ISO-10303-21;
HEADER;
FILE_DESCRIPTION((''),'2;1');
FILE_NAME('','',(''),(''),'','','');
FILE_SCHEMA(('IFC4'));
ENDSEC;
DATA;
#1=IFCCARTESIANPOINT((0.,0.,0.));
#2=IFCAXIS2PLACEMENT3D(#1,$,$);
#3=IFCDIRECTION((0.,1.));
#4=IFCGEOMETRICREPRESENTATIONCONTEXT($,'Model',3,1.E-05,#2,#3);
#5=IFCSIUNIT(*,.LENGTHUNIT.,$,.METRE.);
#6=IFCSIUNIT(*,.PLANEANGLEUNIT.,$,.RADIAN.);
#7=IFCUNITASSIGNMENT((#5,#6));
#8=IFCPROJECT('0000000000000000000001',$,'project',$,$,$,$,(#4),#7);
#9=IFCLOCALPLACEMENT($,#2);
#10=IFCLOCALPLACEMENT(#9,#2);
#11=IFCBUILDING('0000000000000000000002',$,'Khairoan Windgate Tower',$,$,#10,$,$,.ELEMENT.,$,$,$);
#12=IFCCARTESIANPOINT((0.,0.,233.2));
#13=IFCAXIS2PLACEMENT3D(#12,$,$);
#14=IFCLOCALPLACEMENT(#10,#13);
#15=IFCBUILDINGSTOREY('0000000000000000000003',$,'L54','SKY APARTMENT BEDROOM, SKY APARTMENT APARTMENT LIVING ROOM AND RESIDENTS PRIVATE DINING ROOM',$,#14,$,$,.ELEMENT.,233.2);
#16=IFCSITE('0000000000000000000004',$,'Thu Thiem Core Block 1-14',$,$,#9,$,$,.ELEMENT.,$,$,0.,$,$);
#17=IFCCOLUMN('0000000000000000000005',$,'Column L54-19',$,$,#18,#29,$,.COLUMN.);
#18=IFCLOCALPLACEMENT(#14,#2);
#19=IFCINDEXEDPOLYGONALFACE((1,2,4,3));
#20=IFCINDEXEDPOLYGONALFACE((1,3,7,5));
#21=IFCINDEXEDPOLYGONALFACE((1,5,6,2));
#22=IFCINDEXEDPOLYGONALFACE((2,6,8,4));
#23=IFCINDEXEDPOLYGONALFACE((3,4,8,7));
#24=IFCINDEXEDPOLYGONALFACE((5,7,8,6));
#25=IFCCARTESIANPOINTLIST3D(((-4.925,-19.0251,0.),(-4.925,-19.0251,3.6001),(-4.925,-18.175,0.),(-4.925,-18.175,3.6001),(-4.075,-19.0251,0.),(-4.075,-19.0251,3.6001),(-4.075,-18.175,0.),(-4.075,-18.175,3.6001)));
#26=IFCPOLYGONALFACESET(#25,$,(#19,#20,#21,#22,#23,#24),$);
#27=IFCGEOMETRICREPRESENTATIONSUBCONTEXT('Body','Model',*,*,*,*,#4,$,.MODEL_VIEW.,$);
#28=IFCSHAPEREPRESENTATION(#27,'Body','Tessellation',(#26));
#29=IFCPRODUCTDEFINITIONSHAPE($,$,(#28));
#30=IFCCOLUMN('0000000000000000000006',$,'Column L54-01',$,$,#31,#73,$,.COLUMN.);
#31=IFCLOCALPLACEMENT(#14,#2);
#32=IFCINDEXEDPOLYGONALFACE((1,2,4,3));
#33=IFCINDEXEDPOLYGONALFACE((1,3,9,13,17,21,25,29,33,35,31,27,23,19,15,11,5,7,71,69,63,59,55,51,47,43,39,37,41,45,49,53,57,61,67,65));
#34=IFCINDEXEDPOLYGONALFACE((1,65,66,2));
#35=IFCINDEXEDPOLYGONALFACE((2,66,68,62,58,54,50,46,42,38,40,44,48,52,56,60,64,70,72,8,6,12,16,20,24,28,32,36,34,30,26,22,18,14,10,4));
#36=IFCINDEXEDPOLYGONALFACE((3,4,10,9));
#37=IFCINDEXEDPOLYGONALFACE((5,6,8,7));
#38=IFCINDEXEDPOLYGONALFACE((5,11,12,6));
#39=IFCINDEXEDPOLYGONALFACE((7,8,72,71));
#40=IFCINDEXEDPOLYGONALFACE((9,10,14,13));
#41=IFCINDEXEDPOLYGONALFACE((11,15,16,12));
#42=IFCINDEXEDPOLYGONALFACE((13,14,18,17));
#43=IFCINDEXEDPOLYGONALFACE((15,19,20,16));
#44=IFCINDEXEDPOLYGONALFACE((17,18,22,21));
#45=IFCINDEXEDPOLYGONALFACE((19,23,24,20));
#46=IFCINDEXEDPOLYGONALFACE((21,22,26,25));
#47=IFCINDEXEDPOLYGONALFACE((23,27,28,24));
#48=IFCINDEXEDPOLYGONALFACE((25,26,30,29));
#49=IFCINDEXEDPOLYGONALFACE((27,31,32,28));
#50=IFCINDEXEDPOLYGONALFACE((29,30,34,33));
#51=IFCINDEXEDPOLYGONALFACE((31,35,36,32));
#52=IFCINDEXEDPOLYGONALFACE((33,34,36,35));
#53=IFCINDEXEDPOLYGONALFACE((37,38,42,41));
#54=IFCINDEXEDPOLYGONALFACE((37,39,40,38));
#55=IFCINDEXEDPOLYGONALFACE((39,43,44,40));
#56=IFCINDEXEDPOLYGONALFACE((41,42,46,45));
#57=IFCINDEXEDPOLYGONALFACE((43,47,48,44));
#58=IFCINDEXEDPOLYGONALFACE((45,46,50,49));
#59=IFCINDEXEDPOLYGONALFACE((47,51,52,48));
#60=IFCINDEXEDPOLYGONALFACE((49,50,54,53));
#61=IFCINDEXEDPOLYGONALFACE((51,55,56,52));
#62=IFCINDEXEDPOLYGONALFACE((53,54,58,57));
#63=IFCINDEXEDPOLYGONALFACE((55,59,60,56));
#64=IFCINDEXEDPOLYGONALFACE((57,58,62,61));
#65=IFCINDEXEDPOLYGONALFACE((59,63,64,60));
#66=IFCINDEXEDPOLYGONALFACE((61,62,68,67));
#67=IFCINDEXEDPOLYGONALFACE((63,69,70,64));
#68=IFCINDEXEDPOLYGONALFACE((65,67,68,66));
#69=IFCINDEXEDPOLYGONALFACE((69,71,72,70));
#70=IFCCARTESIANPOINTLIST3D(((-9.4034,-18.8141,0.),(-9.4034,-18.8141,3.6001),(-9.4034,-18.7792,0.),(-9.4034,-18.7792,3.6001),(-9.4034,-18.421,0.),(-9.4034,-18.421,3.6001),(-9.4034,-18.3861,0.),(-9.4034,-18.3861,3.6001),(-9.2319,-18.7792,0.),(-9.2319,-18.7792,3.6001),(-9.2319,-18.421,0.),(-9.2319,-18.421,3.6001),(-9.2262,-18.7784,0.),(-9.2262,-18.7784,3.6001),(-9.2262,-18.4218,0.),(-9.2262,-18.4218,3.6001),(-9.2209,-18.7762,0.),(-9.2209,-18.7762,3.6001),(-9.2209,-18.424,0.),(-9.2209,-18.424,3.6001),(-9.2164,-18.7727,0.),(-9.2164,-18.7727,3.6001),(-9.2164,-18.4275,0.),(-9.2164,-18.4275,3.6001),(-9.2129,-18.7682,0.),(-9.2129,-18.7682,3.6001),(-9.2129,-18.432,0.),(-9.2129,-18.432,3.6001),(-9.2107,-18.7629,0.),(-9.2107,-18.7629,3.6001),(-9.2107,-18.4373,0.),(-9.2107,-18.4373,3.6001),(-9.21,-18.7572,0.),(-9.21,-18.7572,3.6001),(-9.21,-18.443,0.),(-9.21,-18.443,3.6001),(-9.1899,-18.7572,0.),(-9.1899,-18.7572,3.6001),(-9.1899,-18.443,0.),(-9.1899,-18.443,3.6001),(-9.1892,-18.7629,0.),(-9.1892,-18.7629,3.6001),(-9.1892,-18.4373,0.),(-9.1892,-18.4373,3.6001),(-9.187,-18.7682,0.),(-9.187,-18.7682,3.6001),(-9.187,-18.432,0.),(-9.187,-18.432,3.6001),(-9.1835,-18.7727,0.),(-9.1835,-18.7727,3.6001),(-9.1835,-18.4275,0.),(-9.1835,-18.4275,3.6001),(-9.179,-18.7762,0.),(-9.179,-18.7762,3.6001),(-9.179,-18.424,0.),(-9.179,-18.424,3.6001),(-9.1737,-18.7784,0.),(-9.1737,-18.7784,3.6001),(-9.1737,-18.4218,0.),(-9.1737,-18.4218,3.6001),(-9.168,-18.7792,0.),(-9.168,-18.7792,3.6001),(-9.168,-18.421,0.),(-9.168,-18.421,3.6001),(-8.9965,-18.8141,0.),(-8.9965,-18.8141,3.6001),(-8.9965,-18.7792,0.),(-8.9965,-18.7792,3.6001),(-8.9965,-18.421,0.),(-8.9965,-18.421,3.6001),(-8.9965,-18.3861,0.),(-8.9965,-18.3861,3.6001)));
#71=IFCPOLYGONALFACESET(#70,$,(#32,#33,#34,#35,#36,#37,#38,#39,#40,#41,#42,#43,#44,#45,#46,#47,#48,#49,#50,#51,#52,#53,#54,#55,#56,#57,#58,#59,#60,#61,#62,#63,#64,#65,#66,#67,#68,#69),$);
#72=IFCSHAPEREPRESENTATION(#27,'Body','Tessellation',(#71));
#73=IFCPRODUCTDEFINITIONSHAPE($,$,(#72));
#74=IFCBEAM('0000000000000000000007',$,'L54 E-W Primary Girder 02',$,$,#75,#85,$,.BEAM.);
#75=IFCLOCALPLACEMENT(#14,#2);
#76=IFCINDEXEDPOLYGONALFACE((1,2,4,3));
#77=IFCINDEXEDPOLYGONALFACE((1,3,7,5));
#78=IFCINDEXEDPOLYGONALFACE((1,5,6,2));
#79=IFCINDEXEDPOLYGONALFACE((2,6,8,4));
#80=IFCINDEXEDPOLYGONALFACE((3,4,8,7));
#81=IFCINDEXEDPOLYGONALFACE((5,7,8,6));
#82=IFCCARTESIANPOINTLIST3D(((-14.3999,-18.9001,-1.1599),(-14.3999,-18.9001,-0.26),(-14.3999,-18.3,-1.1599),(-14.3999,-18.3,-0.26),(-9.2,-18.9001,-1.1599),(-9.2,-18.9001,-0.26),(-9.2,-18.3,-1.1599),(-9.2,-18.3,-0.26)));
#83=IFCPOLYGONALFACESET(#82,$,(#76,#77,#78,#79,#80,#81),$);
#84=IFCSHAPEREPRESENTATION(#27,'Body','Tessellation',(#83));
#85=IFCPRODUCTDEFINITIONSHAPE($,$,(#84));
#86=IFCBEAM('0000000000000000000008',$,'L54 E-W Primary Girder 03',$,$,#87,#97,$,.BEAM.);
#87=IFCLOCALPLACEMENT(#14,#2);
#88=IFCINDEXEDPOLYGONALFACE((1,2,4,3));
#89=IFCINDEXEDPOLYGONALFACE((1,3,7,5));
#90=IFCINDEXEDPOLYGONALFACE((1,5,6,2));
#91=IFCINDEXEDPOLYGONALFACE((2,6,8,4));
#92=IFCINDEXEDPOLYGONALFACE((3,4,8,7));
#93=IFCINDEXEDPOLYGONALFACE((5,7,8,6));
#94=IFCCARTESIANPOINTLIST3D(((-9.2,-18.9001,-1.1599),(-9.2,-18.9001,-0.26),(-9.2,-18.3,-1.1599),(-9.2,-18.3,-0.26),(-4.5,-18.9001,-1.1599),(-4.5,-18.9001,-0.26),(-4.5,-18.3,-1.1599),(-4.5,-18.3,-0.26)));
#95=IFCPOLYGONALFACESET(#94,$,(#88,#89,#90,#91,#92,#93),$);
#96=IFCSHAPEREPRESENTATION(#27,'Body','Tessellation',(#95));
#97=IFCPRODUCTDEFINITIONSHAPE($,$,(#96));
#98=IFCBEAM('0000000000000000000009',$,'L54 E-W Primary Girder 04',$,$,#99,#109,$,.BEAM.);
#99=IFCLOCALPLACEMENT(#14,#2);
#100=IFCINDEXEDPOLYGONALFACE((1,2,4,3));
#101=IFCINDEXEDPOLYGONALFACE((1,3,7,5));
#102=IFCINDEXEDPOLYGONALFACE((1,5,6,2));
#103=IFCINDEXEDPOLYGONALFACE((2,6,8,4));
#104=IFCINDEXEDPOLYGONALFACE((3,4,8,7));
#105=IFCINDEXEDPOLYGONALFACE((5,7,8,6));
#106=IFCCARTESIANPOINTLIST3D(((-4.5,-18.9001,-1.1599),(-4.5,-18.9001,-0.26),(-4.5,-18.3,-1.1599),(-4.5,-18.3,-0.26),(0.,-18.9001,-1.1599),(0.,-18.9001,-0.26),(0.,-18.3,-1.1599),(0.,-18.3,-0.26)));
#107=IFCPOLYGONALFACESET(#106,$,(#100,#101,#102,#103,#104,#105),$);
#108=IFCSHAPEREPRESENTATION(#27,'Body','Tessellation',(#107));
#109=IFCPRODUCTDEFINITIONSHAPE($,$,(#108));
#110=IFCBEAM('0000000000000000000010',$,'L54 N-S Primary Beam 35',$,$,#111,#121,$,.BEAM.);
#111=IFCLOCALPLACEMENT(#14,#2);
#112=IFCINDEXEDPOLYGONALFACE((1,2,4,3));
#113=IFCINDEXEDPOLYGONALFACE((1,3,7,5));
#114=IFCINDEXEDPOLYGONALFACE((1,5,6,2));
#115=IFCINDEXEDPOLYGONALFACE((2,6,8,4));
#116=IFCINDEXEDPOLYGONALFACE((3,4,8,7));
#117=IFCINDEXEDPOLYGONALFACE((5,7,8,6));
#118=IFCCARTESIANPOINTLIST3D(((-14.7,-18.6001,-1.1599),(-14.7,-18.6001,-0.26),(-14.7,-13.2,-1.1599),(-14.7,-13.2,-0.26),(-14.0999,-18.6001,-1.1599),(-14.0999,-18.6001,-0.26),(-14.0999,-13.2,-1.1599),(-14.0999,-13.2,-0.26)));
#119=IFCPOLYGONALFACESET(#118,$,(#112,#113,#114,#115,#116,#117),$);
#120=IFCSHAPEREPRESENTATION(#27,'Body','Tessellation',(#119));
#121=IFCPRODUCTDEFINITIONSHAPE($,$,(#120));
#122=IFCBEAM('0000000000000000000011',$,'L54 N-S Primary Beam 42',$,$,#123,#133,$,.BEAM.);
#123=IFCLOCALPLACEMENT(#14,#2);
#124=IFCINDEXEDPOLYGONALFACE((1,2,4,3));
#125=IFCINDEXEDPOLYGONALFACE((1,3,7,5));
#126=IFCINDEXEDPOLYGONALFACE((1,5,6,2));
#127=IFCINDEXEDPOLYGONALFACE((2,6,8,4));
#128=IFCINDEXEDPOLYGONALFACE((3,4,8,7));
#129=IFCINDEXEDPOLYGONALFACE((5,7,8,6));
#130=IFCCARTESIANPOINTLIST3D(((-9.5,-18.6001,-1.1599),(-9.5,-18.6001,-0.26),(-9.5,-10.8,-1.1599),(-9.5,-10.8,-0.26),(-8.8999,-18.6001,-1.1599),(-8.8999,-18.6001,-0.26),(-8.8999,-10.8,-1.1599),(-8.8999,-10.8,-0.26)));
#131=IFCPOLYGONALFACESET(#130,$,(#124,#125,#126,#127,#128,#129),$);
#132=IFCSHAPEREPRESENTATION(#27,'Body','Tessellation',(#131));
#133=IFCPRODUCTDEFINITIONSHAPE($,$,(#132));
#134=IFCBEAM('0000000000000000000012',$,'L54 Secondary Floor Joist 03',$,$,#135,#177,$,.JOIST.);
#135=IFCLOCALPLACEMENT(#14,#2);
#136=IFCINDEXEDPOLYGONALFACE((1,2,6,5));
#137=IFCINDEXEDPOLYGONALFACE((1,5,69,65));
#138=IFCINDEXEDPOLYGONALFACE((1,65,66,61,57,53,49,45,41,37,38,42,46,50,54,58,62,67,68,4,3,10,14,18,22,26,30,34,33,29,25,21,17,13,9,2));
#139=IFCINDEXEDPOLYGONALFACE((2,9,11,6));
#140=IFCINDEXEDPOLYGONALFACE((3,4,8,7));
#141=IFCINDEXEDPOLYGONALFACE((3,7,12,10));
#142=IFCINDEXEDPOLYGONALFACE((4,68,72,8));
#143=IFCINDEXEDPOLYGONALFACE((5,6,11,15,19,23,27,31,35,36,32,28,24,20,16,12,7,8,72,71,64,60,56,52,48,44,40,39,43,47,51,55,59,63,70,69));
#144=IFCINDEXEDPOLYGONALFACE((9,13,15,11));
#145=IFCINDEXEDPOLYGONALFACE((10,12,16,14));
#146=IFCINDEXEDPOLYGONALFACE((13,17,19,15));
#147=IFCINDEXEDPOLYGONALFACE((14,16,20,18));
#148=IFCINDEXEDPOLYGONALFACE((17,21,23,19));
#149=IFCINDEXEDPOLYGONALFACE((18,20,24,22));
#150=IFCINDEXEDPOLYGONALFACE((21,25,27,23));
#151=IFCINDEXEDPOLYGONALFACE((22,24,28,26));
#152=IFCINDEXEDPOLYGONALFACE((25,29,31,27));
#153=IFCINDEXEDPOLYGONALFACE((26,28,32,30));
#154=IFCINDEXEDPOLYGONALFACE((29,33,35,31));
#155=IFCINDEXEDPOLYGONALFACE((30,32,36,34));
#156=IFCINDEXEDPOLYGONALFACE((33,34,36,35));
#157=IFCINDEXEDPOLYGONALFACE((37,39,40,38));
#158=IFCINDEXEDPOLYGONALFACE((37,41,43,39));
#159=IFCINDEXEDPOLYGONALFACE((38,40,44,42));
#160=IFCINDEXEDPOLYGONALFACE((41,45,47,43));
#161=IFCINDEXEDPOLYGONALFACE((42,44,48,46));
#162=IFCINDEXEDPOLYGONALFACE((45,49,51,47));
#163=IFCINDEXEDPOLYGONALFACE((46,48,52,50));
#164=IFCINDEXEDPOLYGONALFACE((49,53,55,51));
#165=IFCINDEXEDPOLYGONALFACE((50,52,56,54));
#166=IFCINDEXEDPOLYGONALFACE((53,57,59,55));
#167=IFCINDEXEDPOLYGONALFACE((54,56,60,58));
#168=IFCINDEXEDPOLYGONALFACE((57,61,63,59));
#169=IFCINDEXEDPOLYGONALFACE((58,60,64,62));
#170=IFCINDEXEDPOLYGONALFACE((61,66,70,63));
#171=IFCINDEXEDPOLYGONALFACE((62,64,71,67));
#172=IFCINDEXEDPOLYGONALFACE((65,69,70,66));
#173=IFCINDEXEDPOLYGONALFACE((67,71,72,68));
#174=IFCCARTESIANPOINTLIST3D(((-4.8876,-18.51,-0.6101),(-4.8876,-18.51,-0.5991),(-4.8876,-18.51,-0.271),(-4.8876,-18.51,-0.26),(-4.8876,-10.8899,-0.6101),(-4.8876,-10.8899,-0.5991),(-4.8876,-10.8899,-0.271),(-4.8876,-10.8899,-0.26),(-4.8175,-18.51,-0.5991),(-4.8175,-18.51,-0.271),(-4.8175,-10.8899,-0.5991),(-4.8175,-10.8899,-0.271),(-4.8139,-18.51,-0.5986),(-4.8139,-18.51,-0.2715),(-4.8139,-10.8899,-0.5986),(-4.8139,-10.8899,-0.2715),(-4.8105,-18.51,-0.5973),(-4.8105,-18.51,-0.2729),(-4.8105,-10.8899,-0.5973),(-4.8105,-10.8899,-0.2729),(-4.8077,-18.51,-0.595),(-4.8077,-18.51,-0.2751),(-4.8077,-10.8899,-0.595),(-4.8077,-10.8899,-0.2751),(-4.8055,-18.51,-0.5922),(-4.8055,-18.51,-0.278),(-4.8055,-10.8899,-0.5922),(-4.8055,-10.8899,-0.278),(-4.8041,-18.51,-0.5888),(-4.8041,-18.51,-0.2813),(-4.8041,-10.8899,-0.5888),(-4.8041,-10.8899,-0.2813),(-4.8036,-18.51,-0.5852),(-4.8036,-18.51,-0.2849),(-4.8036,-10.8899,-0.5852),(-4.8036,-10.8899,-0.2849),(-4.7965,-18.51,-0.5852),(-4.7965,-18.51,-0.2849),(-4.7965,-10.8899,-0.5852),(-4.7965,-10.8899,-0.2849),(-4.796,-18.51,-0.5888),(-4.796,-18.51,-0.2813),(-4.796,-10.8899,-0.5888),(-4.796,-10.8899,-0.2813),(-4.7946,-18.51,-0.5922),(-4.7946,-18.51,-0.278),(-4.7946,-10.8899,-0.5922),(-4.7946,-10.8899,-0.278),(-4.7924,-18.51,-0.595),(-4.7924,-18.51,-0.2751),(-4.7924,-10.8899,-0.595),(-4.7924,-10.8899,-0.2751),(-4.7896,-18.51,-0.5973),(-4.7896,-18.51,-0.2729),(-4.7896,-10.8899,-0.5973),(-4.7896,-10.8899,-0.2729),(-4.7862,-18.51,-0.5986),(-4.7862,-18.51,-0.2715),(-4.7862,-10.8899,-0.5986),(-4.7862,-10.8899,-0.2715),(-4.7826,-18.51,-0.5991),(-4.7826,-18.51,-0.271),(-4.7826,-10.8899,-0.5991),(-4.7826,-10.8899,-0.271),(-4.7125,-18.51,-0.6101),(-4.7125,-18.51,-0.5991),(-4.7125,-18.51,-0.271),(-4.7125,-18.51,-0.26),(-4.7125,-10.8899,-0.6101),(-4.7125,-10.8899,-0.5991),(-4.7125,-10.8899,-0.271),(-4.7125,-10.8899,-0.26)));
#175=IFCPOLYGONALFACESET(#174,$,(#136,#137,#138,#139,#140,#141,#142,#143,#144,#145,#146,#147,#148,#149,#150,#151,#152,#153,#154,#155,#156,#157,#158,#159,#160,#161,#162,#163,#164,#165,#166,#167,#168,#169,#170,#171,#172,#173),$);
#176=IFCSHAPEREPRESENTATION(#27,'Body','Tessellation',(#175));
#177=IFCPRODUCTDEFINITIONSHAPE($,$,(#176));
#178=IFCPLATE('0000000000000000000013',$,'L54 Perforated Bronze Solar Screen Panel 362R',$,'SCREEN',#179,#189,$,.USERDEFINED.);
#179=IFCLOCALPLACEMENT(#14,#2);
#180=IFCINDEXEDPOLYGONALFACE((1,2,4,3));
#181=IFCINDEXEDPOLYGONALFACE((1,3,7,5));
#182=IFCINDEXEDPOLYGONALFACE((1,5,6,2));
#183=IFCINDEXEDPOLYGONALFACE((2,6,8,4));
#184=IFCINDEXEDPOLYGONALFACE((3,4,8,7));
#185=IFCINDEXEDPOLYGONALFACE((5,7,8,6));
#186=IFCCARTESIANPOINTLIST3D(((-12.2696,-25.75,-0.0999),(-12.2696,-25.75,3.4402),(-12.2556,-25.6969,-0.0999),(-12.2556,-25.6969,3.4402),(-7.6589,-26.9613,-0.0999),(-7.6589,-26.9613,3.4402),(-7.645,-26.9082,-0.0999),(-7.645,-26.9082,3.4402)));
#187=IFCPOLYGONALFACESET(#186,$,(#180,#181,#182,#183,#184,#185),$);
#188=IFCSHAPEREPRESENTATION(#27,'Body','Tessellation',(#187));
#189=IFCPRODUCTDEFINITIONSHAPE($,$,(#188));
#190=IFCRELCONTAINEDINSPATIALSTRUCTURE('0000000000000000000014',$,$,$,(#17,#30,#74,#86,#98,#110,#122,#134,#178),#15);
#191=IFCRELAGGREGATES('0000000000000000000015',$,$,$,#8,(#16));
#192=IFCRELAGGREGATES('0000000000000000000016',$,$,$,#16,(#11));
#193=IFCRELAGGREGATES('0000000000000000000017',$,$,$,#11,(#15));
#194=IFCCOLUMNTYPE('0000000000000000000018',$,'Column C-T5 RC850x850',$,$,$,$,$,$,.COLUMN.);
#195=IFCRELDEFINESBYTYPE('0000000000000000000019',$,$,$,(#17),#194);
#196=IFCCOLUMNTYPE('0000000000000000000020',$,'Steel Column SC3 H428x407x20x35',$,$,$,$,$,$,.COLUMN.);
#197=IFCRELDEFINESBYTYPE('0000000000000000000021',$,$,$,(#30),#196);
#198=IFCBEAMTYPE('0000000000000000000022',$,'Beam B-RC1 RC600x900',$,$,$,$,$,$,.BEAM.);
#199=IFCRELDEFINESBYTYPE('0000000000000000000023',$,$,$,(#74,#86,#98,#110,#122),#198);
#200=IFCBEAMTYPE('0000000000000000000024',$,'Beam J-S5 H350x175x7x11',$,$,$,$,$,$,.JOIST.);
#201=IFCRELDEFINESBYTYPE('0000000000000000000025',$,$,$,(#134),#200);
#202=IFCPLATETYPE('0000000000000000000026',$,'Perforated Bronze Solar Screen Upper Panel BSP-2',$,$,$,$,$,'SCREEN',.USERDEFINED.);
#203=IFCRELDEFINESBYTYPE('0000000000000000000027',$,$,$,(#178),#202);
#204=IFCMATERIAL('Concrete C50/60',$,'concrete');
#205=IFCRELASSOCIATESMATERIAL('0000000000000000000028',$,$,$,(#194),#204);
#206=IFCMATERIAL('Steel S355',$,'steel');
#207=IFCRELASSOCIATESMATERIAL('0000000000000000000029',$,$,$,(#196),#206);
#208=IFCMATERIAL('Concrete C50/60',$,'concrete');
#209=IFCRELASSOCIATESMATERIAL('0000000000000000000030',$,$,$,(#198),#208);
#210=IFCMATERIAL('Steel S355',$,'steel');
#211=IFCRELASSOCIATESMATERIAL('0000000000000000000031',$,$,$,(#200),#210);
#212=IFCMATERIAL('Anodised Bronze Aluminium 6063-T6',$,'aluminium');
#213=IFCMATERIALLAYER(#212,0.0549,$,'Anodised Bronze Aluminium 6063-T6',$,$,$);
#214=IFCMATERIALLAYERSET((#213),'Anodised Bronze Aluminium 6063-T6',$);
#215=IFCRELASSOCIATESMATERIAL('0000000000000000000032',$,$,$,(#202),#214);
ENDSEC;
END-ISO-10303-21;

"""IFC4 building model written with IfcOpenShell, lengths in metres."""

from ifc_helpers import new_model, si_unit, direction, frame, origin, origin_2d, place, context, subcontext, project, spatial, rectangle, i_section, extrude, material, layer, layer_set, material_profile, profile_set, type_object, element, save


model = new_model("IFC4")

# Units and contexts
model_context = context("Model", 3, precision=1e-05, world=origin(), true_north=direction((0.0, 1.0)))
body_context = subcontext(model_context, "Body", "Model", "MODEL_VIEW")
ifc_project = project(units=[si_unit("LENGTHUNIT", "METRE"), si_unit("PLANEANGLEUNIT", "RADIAN")], contexts=[model_context])

# Site, building, storey
site_placement = place(None, origin())
site = spatial("IfcSite", under=ifc_project, at=site_placement, Name="Thu Thiem Core Block 1-14", CompositionType="ELEMENT", RefElevation=0.0)
building_placement = place(site_placement, origin())
building = spatial("IfcBuilding", under=site, at=building_placement, Name="Khairoan Windgate Tower", CompositionType="ELEMENT")
storey_placement = place(building_placement, frame((0.0, 0.0, 233.2)))
storey = spatial("IfcBuildingStorey", under=building, at=storey_placement, Name="L54", Description="SKY APARTMENT BEDROOM, SKY APARTMENT APARTMENT LIVING ROOM AND RESIDENTS PRIVATE DINING ROOM", CompositionType="ELEMENT", Elevation=233.2)

# Columns
ifc_material_1 = material(Name="Concrete C50/60", Category="concrete")
ifc_material_profile_1 = material_profile(ifc_material_1, rectangle(XDim=0.8501, YDim=0.8501, at=origin_2d()))
ifc_profile_set_1 = profile_set([ifc_material_profile_1], Name="Concrete C50/60")
column_type_1 = type_object("IfcColumnType", Name="Column C-T5 RC850x850", PredefinedType="COLUMN", material=ifc_profile_set_1)
column_1_placement = place(storey_placement, frame((-4.5, -18.6001, 0.0), z_axis=(0.0, 0.0, 1.0), x_axis=(1.0, 0.0, 0.0)))
element("IfcColumn", 1, at=column_1_placement, inside=storey, type_object=column_type_1, Name="Column L54-19", PredefinedType="COLUMN", context=body_context, shape_type="SweptSolid", body=[
    extrude(rectangle(XDim=0.8501, YDim=0.8501, at=origin_2d()), origin(), (0.0, 0.0, 1.0), 3.6001),
])
ifc_material_2 = material(Name="Steel S355", Category="steel")
ifc_material_profile_2 = material_profile(ifc_material_2, i_section(OverallWidth=0.407, OverallDepth=0.428, WebThickness=0.02, FlangeThickness=0.0349, FilletRadius=0.022, at=origin_2d()))
ifc_profile_set_2 = profile_set([ifc_material_profile_2], Name="Steel S355")
column_type_2 = type_object("IfcColumnType", Name="Steel Column SC3 H428x407x20x35", PredefinedType="COLUMN", material=ifc_profile_set_2)
column_2_placement = place(storey_placement, frame((-9.2, -18.6001, 0.0), z_axis=(0.0, 0.0, 1.0), x_axis=(1.0, 0.0, 0.0)))
element("IfcColumn", 2, at=column_2_placement, inside=storey, type_object=column_type_2, Name="Column L54-01", PredefinedType="COLUMN", context=body_context, shape_type="SweptSolid", body=[
    extrude(i_section(OverallWidth=0.407, OverallDepth=0.428, WebThickness=0.02, FlangeThickness=0.0349, FilletRadius=0.022, at=origin_2d()), origin(), (0.0, 0.0, 1.0), 3.6001),
])

# Beams
ifc_material_3 = material(Name="Concrete C50/60", Category="concrete")
ifc_material_profile_3 = material_profile(ifc_material_3, rectangle(XDim=0.6001, YDim=0.8999, at=origin_2d()))
ifc_profile_set_3 = profile_set([ifc_material_profile_3], Name="Concrete C50/60")
beam_type_1 = type_object("IfcBeamType", Name="Beam B-RC1 RC600x900", PredefinedType="BEAM", material=ifc_profile_set_3)
beam_1_placement = place(storey_placement, frame((-14.3999, -18.6001, -0.71), z_axis=(1.0, 0.0, 0.0), x_axis=(0.0, 1.0, 0.0)))
element("IfcBeam", 3, at=beam_1_placement, inside=storey, type_object=beam_type_1, Name="L54 E-W Primary Girder 02", PredefinedType="BEAM", context=body_context, shape_type="SweptSolid", body=[
    extrude(rectangle(XDim=0.6001, YDim=0.8999, at=origin_2d()), origin(), (0.0, 0.0, 1.0), 5.2),
])
beam_2_placement = place(storey_placement, frame((-9.2, -18.6001, -0.71), z_axis=(1.0, 0.0, 0.0), x_axis=(0.0, 1.0, 0.0)))
element("IfcBeam", 4, at=beam_2_placement, inside=storey, type_object=beam_type_1, Name="L54 E-W Primary Girder 03", PredefinedType="BEAM", context=body_context, shape_type="SweptSolid", body=[
    extrude(rectangle(XDim=0.6001, YDim=0.8999, at=origin_2d()), origin(), (0.0, 0.0, 1.0), 4.7),
])
beam_3_placement = place(storey_placement, frame((-4.5, -18.6001, -0.71), z_axis=(1.0, 0.0, 0.0), x_axis=(0.0, 1.0, 0.0)))
element("IfcBeam", 5, at=beam_3_placement, inside=storey, type_object=beam_type_1, Name="L54 E-W Primary Girder 04", PredefinedType="BEAM", context=body_context, shape_type="SweptSolid", body=[
    extrude(rectangle(XDim=0.6001, YDim=0.8999, at=origin_2d()), origin(), (0.0, 0.0, 1.0), 4.5),
])
beam_4_placement = place(storey_placement, frame((-14.3999, -18.6001, -0.71), z_axis=(0.0, 1.0, 0.0), x_axis=(-1.0, 0.0, 0.0)))
element("IfcBeam", 6, at=beam_4_placement, inside=storey, type_object=beam_type_1, Name="L54 N-S Primary Beam 35", PredefinedType="BEAM", context=body_context, shape_type="SweptSolid", body=[
    extrude(rectangle(XDim=0.6001, YDim=0.8999, at=origin_2d()), origin(), (0.0, 0.0, 1.0), 5.4001),
])
beam_5_placement = place(storey_placement, frame((-9.2, -18.6001, -0.71), z_axis=(0.0, 1.0, 0.0), x_axis=(-1.0, 0.0, 0.0)))
element("IfcBeam", 7, at=beam_5_placement, inside=storey, type_object=beam_type_1, Name="L54 N-S Primary Beam 42", PredefinedType="BEAM", context=body_context, shape_type="SweptSolid", body=[
    extrude(rectangle(XDim=0.6001, YDim=0.8999, at=origin_2d()), origin(), (0.0, 0.0, 1.0), 7.8),
])
ifc_material_4 = material(Name="Steel S355", Category="steel")
ifc_material_profile_4 = material_profile(ifc_material_4, i_section(OverallWidth=0.175, OverallDepth=0.3501, WebThickness=0.0071, FlangeThickness=0.011, FilletRadius=0.0139, at=origin_2d()))
ifc_profile_set_4 = profile_set([ifc_material_profile_4], Name="Steel S355")
beam_type_2 = type_object("IfcBeamType", Name="Beam J-S5 H350x175x7x11", PredefinedType="JOIST", material=ifc_profile_set_4)
beam_6_placement = place(storey_placement, frame((-4.8, -18.51, -0.4351), z_axis=(0.0, 1.0, 0.0), x_axis=(-1.0, 0.0, 0.0)))
element("IfcBeam", 8, at=beam_6_placement, inside=storey, type_object=beam_type_2, Name="L54 Secondary Floor Joist 03", PredefinedType="JOIST", context=body_context, shape_type="SweptSolid", body=[
    extrude(i_section(OverallWidth=0.175, OverallDepth=0.3501, WebThickness=0.0071, FlangeThickness=0.011, FilletRadius=0.0139, at=origin_2d()), origin(), (0.0, 0.0, 1.0), 7.6201),
])

# Plate
ifc_material_5 = material(Name="Anodised Bronze Aluminium 6063-T6", Category="aluminium")
ifc_layer_1 = layer(ifc_material_5, 0.0549, Name="Anodised Bronze Aluminium 6063-T6")
ifc_layer_set_1 = layer_set([ifc_layer_1], Name="Anodised Bronze Aluminium 6063-T6")
plate_type = type_object("IfcPlateType", Name="Perforated Bronze Solar Screen Upper Panel BSP-2", ElementType="SCREEN", PredefinedType="USERDEFINED", material=ifc_layer_set_1)
plate_placement = place(storey_placement, frame((-9.9573, -26.3291, -0.0999), z_axis=(0.0, 0.0, 1.0), x_axis=(-0.967179, 0.254096, 0.0)))
element("IfcPlate", 9, at=plate_placement, inside=storey, type_object=plate_type, Name="L54 Perforated Bronze Solar Screen Panel 362R", ObjectType="SCREEN", PredefinedType="USERDEFINED", context=body_context, shape_type="SweptSolid", body=[
    extrude(rectangle(XDim=4.7671, YDim=0.0549, at=origin_2d()), origin(), (0.0, 0.0, 1.0), 3.54),
])

save(model, "model.ifc")
